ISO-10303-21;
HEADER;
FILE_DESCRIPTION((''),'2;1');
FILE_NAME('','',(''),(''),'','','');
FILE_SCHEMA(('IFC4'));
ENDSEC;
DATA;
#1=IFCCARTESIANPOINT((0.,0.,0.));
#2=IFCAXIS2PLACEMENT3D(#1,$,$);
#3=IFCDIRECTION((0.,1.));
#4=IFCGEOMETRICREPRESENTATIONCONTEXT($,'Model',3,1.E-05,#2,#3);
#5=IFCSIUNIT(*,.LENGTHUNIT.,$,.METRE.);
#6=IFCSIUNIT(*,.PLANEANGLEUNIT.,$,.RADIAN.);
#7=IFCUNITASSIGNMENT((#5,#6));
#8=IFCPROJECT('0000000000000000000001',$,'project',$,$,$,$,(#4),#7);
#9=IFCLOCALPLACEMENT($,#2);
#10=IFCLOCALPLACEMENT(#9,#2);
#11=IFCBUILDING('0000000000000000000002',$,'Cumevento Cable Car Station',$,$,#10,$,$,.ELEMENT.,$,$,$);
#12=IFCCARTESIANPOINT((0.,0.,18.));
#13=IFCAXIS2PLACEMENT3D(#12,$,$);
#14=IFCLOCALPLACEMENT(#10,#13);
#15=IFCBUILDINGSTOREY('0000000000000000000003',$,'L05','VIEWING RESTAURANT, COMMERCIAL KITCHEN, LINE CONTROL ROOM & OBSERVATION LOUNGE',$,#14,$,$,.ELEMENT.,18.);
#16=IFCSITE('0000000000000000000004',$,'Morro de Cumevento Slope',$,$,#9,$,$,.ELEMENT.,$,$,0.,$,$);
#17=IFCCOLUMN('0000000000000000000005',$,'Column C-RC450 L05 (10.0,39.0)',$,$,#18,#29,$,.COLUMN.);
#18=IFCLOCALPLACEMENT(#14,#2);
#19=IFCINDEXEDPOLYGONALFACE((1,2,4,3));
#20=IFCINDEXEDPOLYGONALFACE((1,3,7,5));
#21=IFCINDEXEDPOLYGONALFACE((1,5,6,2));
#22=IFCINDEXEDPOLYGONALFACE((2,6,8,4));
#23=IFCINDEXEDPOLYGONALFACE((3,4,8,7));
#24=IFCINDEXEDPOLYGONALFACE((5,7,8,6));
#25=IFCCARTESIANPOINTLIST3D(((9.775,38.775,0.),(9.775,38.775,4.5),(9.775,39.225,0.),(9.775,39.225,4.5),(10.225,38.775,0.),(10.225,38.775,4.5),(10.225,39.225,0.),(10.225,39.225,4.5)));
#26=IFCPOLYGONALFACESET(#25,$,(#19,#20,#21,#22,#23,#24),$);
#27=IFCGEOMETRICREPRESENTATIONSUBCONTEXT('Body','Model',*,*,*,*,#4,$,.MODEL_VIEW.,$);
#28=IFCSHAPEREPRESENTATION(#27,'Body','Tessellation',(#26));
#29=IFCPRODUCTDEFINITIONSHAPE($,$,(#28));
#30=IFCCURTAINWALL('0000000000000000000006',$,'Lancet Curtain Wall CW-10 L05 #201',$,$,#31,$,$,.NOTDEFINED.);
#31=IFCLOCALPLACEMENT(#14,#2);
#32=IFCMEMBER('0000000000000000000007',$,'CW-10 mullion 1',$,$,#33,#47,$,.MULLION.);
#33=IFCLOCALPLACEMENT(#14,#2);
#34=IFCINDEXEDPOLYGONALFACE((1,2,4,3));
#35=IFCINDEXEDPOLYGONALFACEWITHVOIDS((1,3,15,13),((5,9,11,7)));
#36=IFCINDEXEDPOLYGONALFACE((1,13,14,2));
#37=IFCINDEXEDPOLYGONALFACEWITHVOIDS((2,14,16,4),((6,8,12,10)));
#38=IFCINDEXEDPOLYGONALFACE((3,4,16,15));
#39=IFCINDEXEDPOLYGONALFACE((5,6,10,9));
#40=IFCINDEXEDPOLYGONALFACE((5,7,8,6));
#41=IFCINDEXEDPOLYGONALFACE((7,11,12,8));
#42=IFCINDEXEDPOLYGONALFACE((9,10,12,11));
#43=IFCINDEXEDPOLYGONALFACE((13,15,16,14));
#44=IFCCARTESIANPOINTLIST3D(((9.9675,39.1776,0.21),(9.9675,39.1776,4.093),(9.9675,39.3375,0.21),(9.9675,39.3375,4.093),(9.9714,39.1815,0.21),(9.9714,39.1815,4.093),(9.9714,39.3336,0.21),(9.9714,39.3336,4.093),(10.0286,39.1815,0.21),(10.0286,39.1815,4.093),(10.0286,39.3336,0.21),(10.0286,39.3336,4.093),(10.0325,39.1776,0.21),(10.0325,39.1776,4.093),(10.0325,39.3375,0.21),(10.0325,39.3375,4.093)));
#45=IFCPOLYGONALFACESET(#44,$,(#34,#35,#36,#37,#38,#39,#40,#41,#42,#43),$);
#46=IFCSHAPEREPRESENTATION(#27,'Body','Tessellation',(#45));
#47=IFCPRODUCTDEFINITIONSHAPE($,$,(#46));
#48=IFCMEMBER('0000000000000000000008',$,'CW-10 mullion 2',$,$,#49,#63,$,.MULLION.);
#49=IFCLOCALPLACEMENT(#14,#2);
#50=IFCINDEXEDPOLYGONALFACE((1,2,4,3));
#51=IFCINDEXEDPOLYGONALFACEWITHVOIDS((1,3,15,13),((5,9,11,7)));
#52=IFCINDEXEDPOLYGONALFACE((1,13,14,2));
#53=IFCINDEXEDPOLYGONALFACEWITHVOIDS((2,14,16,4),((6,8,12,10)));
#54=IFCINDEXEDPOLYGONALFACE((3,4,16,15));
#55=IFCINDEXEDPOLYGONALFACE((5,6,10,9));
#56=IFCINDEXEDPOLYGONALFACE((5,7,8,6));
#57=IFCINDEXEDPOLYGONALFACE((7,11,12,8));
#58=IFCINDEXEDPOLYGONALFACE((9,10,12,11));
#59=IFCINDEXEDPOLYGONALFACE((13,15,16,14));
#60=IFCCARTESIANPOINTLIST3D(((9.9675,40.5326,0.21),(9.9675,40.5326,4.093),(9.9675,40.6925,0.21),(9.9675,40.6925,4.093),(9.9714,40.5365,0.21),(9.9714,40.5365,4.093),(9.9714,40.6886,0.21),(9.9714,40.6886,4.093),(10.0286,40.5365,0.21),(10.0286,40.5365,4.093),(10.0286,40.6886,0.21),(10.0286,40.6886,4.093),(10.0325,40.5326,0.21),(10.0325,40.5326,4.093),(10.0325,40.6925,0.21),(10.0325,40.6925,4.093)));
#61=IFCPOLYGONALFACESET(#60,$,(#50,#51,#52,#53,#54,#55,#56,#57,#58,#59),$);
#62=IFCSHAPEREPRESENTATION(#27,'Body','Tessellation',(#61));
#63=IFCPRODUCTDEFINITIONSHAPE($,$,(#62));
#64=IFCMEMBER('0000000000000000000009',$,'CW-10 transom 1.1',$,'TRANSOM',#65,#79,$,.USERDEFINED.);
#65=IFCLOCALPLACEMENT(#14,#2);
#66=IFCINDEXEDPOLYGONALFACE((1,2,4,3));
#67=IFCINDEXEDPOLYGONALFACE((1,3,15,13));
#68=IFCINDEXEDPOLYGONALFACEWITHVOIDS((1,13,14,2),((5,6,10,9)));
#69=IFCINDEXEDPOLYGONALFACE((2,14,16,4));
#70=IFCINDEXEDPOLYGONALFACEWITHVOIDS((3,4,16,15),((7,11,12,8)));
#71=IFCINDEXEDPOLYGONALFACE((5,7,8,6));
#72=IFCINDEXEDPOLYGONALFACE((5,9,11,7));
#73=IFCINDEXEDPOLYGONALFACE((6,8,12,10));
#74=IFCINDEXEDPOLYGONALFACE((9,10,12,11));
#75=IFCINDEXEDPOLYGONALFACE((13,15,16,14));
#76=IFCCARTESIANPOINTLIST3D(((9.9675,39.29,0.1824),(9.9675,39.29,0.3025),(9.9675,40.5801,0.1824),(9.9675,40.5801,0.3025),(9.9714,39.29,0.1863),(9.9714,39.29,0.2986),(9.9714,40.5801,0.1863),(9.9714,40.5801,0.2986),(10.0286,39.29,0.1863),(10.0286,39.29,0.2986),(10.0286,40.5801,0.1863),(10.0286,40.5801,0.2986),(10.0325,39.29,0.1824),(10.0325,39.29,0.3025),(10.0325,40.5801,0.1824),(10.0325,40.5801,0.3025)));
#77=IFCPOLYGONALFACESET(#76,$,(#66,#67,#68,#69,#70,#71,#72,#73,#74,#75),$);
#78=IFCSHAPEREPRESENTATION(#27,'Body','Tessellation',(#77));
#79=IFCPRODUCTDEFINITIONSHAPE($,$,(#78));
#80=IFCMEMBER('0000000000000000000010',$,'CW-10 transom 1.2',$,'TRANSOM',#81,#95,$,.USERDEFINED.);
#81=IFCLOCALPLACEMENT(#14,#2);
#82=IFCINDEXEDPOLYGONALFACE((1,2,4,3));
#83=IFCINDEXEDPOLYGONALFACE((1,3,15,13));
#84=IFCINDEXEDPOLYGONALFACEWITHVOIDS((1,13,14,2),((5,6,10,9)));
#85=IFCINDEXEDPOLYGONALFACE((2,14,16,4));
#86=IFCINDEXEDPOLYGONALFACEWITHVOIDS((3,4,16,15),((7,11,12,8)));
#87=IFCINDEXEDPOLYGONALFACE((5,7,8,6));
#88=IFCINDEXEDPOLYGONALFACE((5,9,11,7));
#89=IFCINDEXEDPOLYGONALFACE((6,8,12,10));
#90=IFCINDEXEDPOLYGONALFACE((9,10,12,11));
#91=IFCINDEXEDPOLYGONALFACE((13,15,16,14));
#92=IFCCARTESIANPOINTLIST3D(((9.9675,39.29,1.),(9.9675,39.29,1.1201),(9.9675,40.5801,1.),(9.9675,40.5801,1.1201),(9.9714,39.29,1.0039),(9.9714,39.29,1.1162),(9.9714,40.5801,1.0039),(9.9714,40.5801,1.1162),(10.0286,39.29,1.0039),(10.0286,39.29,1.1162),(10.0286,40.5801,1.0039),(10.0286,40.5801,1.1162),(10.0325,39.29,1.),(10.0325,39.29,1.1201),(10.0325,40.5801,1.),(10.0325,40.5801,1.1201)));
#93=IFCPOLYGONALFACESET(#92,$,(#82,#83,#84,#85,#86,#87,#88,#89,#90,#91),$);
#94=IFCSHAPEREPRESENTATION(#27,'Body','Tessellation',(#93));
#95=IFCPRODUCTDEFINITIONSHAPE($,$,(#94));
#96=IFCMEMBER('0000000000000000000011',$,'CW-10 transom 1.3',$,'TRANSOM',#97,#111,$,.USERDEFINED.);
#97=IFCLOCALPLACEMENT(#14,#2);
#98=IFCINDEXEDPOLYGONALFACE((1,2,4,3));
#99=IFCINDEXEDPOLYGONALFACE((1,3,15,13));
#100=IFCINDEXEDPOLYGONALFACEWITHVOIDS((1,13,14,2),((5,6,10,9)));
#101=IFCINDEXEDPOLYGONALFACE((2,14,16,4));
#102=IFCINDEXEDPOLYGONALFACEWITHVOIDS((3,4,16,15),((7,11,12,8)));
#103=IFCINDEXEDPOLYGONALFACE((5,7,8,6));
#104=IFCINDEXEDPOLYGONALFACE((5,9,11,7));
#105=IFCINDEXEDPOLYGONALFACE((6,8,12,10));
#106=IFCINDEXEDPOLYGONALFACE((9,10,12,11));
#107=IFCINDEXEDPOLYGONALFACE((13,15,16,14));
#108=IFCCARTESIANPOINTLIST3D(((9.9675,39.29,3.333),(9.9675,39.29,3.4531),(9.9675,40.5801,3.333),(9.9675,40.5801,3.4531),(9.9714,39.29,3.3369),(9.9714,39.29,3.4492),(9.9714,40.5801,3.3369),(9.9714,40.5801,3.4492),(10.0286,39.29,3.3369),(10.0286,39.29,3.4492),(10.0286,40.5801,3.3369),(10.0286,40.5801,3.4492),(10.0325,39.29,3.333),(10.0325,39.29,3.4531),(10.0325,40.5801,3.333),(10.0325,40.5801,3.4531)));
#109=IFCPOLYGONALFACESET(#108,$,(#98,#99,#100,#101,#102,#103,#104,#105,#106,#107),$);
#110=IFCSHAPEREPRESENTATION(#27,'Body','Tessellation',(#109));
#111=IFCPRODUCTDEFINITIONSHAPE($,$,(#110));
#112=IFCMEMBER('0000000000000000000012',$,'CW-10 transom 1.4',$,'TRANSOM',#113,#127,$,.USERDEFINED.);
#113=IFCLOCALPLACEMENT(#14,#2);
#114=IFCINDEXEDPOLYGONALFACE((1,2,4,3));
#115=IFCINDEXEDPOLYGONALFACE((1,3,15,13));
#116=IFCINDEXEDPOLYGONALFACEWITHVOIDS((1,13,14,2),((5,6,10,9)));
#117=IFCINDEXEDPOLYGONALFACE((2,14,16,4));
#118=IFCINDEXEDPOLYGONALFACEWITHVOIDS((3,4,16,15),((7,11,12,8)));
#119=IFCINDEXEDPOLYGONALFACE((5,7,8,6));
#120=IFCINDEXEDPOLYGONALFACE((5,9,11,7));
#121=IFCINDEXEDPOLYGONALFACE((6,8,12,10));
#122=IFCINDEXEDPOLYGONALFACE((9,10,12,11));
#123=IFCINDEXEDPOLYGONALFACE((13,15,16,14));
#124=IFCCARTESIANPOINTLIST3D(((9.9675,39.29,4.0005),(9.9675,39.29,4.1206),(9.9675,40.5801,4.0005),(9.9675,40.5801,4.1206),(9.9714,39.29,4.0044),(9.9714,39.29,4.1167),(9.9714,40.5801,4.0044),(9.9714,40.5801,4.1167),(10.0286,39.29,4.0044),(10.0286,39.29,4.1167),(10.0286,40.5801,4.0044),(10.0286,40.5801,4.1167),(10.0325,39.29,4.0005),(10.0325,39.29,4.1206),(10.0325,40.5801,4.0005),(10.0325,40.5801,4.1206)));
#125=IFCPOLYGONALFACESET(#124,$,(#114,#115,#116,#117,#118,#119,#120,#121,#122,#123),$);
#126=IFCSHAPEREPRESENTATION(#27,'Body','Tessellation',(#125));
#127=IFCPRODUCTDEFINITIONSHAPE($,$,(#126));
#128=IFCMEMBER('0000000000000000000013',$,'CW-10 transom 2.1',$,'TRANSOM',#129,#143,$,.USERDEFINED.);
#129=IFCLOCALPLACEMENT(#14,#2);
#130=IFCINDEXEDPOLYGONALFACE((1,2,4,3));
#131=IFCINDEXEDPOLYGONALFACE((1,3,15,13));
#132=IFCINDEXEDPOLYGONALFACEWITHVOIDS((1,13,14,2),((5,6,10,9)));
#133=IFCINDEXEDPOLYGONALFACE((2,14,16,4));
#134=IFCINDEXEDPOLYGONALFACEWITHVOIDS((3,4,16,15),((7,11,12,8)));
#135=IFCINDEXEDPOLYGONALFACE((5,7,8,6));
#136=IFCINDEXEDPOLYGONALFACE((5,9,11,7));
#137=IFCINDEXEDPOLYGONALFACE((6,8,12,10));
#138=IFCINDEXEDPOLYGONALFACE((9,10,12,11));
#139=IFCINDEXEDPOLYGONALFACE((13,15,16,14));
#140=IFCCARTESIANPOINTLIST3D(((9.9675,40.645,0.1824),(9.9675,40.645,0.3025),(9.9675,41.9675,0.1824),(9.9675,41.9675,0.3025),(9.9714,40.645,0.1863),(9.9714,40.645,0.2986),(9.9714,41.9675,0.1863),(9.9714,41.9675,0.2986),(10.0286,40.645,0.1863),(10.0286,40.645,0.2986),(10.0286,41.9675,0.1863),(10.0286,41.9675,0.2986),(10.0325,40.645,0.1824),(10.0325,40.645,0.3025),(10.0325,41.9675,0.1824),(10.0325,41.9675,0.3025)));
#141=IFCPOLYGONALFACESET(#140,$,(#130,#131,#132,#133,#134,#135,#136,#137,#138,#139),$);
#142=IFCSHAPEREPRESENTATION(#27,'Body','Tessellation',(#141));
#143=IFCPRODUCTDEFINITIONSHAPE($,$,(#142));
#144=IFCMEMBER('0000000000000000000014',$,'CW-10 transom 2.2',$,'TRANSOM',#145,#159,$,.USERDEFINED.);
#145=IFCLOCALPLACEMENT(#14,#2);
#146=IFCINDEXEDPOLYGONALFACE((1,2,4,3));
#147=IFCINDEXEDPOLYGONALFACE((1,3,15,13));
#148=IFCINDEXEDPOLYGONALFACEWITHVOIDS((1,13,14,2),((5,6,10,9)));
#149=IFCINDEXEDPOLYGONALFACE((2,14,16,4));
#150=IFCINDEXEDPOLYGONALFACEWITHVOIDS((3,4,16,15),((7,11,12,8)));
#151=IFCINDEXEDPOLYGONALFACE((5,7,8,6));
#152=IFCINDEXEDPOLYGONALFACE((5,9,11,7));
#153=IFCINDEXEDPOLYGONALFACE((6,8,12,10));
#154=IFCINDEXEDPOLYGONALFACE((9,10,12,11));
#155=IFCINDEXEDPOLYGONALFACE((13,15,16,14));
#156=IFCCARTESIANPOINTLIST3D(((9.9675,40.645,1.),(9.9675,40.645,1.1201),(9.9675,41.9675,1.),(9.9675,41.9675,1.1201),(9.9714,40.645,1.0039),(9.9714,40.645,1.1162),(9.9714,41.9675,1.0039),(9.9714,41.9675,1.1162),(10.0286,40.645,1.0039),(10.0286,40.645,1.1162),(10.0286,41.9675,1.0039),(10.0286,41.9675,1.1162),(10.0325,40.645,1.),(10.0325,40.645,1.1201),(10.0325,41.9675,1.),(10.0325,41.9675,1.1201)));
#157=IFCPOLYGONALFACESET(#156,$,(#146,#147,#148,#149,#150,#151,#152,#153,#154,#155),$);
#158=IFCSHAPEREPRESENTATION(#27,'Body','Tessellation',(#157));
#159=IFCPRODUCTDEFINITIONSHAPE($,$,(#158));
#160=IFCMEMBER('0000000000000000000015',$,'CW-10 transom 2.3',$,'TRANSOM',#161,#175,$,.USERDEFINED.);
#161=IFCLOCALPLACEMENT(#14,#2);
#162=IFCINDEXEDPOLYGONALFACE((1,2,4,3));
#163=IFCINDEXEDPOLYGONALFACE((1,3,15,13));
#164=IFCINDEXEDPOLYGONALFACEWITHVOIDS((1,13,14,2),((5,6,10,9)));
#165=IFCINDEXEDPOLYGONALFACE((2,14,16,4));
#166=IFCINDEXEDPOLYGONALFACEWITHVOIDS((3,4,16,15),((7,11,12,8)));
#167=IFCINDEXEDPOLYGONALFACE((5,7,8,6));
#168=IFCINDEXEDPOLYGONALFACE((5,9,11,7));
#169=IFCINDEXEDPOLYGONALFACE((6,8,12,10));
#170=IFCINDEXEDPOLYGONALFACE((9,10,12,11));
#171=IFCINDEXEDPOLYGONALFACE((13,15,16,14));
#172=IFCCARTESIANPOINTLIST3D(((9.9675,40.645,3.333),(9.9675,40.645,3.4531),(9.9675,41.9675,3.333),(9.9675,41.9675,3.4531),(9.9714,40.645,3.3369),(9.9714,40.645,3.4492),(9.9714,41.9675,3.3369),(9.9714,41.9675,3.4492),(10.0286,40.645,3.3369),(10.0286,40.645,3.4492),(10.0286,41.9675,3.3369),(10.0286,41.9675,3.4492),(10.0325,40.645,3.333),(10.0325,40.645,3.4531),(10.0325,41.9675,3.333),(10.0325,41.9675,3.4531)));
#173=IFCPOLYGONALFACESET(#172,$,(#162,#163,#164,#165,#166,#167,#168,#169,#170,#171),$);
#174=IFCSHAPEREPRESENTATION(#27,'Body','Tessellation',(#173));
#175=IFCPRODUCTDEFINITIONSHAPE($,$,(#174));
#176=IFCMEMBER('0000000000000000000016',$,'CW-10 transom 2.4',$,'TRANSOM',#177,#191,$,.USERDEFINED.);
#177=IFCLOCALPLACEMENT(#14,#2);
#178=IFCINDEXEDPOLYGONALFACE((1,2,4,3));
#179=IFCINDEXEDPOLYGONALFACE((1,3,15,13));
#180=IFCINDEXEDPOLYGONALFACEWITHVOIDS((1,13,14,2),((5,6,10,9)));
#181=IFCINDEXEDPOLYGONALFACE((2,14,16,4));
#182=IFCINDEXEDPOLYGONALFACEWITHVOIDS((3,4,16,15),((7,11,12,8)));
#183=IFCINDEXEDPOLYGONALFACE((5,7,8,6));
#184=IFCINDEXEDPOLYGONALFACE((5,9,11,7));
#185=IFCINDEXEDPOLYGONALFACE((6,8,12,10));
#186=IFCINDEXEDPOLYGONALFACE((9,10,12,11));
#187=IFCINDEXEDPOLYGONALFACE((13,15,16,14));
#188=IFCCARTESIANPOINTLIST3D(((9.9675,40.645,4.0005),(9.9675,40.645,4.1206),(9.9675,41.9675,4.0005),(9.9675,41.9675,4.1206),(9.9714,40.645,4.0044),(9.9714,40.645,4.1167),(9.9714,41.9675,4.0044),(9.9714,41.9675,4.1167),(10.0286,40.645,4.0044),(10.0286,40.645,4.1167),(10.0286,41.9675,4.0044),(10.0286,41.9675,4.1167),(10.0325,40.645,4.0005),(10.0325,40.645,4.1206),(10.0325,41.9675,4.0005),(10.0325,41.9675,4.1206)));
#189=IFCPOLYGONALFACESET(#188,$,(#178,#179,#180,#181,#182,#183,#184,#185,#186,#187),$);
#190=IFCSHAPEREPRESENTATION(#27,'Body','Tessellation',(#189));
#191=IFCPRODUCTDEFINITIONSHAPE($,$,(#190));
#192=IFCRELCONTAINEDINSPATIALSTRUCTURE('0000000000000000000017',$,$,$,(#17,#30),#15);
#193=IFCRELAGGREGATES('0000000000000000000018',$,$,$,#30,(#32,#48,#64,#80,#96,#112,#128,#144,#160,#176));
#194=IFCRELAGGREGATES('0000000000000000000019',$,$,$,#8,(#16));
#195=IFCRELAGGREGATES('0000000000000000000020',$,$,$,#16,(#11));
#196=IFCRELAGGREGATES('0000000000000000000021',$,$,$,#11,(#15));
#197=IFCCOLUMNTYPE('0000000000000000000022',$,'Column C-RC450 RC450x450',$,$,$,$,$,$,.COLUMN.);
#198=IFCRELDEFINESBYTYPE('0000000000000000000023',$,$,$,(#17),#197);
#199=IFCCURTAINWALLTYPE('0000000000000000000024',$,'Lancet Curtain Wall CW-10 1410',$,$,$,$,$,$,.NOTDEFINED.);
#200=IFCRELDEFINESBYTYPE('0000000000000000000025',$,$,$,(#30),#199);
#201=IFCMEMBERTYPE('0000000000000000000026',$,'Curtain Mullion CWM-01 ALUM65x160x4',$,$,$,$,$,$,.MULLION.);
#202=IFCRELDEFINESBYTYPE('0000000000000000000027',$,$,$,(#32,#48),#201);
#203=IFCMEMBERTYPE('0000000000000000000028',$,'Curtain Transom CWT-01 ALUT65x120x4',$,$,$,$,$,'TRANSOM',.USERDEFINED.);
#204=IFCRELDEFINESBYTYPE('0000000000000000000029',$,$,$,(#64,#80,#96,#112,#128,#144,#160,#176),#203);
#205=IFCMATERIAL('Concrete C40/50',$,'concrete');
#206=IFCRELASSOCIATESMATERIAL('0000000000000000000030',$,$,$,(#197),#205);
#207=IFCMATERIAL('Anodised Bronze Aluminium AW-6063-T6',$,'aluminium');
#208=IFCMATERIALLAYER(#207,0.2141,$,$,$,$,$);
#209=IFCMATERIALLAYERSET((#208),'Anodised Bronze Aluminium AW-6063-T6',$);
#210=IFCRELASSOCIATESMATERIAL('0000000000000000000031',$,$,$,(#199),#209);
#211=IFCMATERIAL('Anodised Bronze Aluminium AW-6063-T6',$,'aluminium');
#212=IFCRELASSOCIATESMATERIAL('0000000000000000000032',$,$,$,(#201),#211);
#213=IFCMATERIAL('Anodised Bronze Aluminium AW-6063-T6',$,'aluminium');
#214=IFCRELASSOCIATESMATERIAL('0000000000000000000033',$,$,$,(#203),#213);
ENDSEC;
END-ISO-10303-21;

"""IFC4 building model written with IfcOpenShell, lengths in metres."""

from ifc_helpers import new_model, si_unit, direction, frame, origin, origin_2d, place, context, subcontext, project, spatial, rectangle, hollow_rectangle, extrude, material, layer, layer_set, material_profile, profile_set, type_object, element, aggregate, save


model = new_model("IFC4")

# Units and contexts
model_context = context("Model", 3, precision=1e-05, world=origin(), true_north=direction((0.0, 1.0)))
body_context = subcontext(model_context, "Body", "Model", "MODEL_VIEW")
ifc_project = project(units=[si_unit("LENGTHUNIT", "METRE"), si_unit("PLANEANGLEUNIT", "RADIAN")], contexts=[model_context])

# Site, building, storey
site_placement = place(None, origin())
site = spatial("IfcSite", under=ifc_project, at=site_placement, Name="Morro de Cumevento Slope", CompositionType="ELEMENT", RefElevation=0.0)
building_placement = place(site_placement, origin())
building = spatial("IfcBuilding", under=site, at=building_placement, Name="Cumevento Cable Car Station", CompositionType="ELEMENT")
storey_placement = place(building_placement, frame((0.0, 0.0, 18.0)))
storey = spatial("IfcBuildingStorey", under=building, at=storey_placement, Name="L05", Description="VIEWING RESTAURANT, COMMERCIAL KITCHEN, LINE CONTROL ROOM & OBSERVATION LOUNGE", CompositionType="ELEMENT", Elevation=18.0)

# Column
ifc_material_1 = material(Name="Concrete C40/50", Category="concrete")
ifc_material_profile_1 = material_profile(ifc_material_1, rectangle(XDim=0.45, YDim=0.45, at=origin_2d()), Name="RC450x450")
ifc_profile_set_1 = profile_set([ifc_material_profile_1], Name="Concrete C40/50")
column_type = type_object("IfcColumnType", Name="Column C-RC450 RC450x450", PredefinedType="COLUMN", material=ifc_profile_set_1)
column_placement = place(storey_placement, frame((10.0, 39.0, 0.0), z_axis=(0.0, 0.0, 1.0), x_axis=(1.0, 0.0, 0.0)))
element("IfcColumn", 1, at=column_placement, inside=storey, type_object=column_type, Name="Column C-RC450 L05 (10.0,39.0)", PredefinedType="COLUMN", context=body_context, shape_type="SweptSolid", body=[
    extrude(rectangle(XDim=0.45, YDim=0.45, at=origin_2d()), origin(), (0.0, 0.0, 1.0), 4.5),
])

# Curtain wall, members
ifc_material_2 = material(Name="Anodised Bronze Aluminium AW-6063-T6", Category="aluminium")
ifc_layer_1 = layer(ifc_material_2, 0.2141)
ifc_layer_set_1 = layer_set([ifc_layer_1], Name="Anodised Bronze Aluminium AW-6063-T6")
curtain_wall_type = type_object("IfcCurtainWallType", Name="Lancet Curtain Wall CW-10 1410", PredefinedType="NOTDEFINED", material=ifc_layer_set_1)
curtain_wall_placement = place(storey_placement, origin())
curtain_wall = element("IfcCurtainWall", 2, at=curtain_wall_placement, inside=storey, type_object=curtain_wall_type, Name="Lancet Curtain Wall CW-10 L05 #201", PredefinedType="NOTDEFINED")
ifc_material_3 = material(Name="Anodised Bronze Aluminium AW-6063-T6", Category="aluminium")
ifc_material_profile_2 = material_profile(ifc_material_3, hollow_rectangle(XDim=0.0649, YDim=0.1599, WallThickness=0.0039, at=origin_2d()), Name="ALUM65x160x4")
ifc_profile_set_2 = profile_set([ifc_material_profile_2], Name="Anodised Bronze Aluminium AW-6063-T6")
member_type_1 = type_object("IfcMemberType", Name="Curtain Mullion CWM-01 ALUM65x160x4", PredefinedType="MULLION", material=ifc_profile_set_2)
member_1_placement = place(storey_placement, frame((10.0, 39.2576, 0.21), z_axis=(0.0, 0.0, 1.0), x_axis=(-1.0, 0.0, 0.0)))
member_1 = element("IfcMember", 3, at=member_1_placement, type_object=member_type_1, Name="CW-10 mullion 1", PredefinedType="MULLION", context=body_context, shape_type="SweptSolid", body=[
    extrude(hollow_rectangle(XDim=0.0649, YDim=0.1599, WallThickness=0.0039, at=origin_2d()), origin(), (0.0, 0.0, 1.0), 3.8831),
])
member_2_placement = place(storey_placement, frame((10.0, 40.6125, 0.21), z_axis=(0.0, 0.0, 1.0), x_axis=(-1.0, 0.0, 0.0)))
member_2 = element("IfcMember", 4, at=member_2_placement, type_object=member_type_1, Name="CW-10 mullion 2", PredefinedType="MULLION", context=body_context, shape_type="SweptSolid", body=[
    extrude(hollow_rectangle(XDim=0.0649, YDim=0.1599, WallThickness=0.0039, at=origin_2d()), origin(), (0.0, 0.0, 1.0), 3.8831),
])
ifc_material_4 = material(Name="Anodised Bronze Aluminium AW-6063-T6", Category="aluminium")
ifc_material_profile_3 = material_profile(ifc_material_4, hollow_rectangle(XDim=0.0649, YDim=0.1201, WallThickness=0.0039, at=origin_2d()), Name="ALUT65x120x4")
ifc_profile_set_3 = profile_set([ifc_material_profile_3], Name="Anodised Bronze Aluminium AW-6063-T6")
member_type_2 = type_object("IfcMemberType", Name="Curtain Transom CWT-01 ALUT65x120x4", ElementType="TRANSOM", PredefinedType="USERDEFINED", material=ifc_profile_set_3)
member_3_placement = place(storey_placement, frame((10.0, 39.29, 0.2424), z_axis=(0.0, 1.0, 0.0), x_axis=(-1.0, 0.0, 0.0)))
member_3 = element("IfcMember", 5, at=member_3_placement, type_object=member_type_2, Name="CW-10 transom 1.1", ObjectType="TRANSOM", PredefinedType="USERDEFINED", context=body_context, shape_type="SweptSolid", body=[
    extrude(hollow_rectangle(XDim=0.0649, YDim=0.1201, WallThickness=0.0039, at=origin_2d()), origin(), (0.0, 0.0, 1.0), 1.29),
])
member_4_placement = place(storey_placement, frame((10.0, 39.29, 1.0601), z_axis=(0.0, 1.0, 0.0), x_axis=(-1.0, 0.0, 0.0)))
member_4 = element("IfcMember", 6, at=member_4_placement, type_object=member_type_2, Name="CW-10 transom 1.2", ObjectType="TRANSOM", PredefinedType="USERDEFINED", context=body_context, shape_type="SweptSolid", body=[
    extrude(hollow_rectangle(XDim=0.0649, YDim=0.1201, WallThickness=0.0039, at=origin_2d()), origin(), (0.0, 0.0, 1.0), 1.29),
])
member_5_placement = place(storey_placement, frame((10.0, 39.29, 3.3931), z_axis=(0.0, 1.0, 0.0), x_axis=(-1.0, 0.0, 0.0)))
member_5 = element("IfcMember", 7, at=member_5_placement, type_object=member_type_2, Name="CW-10 transom 1.3", ObjectType="TRANSOM", PredefinedType="USERDEFINED", context=body_context, shape_type="SweptSolid", body=[
    extrude(hollow_rectangle(XDim=0.0649, YDim=0.1201, WallThickness=0.0039, at=origin_2d()), origin(), (0.0, 0.0, 1.0), 1.29),
])
member_6_placement = place(storey_placement, frame((10.0, 39.29, 4.0605), z_axis=(0.0, 1.0, 0.0), x_axis=(-1.0, 0.0, 0.0)))
member_6 = element("IfcMember", 8, at=member_6_placement, type_object=member_type_2, Name="CW-10 transom 1.4", ObjectType="TRANSOM", PredefinedType="USERDEFINED", context=body_context, shape_type="SweptSolid", body=[
    extrude(hollow_rectangle(XDim=0.0649, YDim=0.1201, WallThickness=0.0039, at=origin_2d()), origin(), (0.0, 0.0, 1.0), 1.29),
])
member_7_placement = place(storey_placement, frame((10.0, 40.645, 0.2424), z_axis=(0.0, 1.0, 0.0), x_axis=(-1.0, 0.0, 0.0)))
member_7 = element("IfcMember", 9, at=member_7_placement, type_object=member_type_2, Name="CW-10 transom 2.1", ObjectType="TRANSOM", PredefinedType="USERDEFINED", context=body_context, shape_type="SweptSolid", body=[
    extrude(hollow_rectangle(XDim=0.0649, YDim=0.1201, WallThickness=0.0039, at=origin_2d()), origin(), (0.0, 0.0, 1.0), 1.3225),
])
member_8_placement = place(storey_placement, frame((10.0, 40.645, 1.0601), z_axis=(0.0, 1.0, 0.0), x_axis=(-1.0, 0.0, 0.0)))
member_8 = element("IfcMember", 10, at=member_8_placement, type_object=member_type_2, Name="CW-10 transom 2.2", ObjectType="TRANSOM", PredefinedType="USERDEFINED", context=body_context, shape_type="SweptSolid", body=[
    extrude(hollow_rectangle(XDim=0.0649, YDim=0.1201, WallThickness=0.0039, at=origin_2d()), origin(), (0.0, 0.0, 1.0), 1.3225),
])
member_9_placement = place(storey_placement, frame((10.0, 40.645, 3.3931), z_axis=(0.0, 1.0, 0.0), x_axis=(-1.0, 0.0, 0.0)))
member_9 = element("IfcMember", 11, at=member_9_placement, type_object=member_type_2, Name="CW-10 transom 2.3", ObjectType="TRANSOM", PredefinedType="USERDEFINED", context=body_context, shape_type="SweptSolid", body=[
    extrude(hollow_rectangle(XDim=0.0649, YDim=0.1201, WallThickness=0.0039, at=origin_2d()), origin(), (0.0, 0.0, 1.0), 1.3225),
])
member_10_placement = place(storey_placement, frame((10.0, 40.645, 4.0605), z_axis=(0.0, 1.0, 0.0), x_axis=(-1.0, 0.0, 0.0)))
member_10 = element("IfcMember", 12, at=member_10_placement, type_object=member_type_2, Name="CW-10 transom 2.4", ObjectType="TRANSOM", PredefinedType="USERDEFINED", context=body_context, shape_type="SweptSolid", body=[
    extrude(hollow_rectangle(XDim=0.0649, YDim=0.1201, WallThickness=0.0039, at=origin_2d()), origin(), (0.0, 0.0, 1.0), 1.3225),
])

aggregate(curtain_wall, [member_1, member_2, member_3, member_4, member_5, member_6, member_7, member_8, member_9, member_10])

save(model, "model.ifc")
